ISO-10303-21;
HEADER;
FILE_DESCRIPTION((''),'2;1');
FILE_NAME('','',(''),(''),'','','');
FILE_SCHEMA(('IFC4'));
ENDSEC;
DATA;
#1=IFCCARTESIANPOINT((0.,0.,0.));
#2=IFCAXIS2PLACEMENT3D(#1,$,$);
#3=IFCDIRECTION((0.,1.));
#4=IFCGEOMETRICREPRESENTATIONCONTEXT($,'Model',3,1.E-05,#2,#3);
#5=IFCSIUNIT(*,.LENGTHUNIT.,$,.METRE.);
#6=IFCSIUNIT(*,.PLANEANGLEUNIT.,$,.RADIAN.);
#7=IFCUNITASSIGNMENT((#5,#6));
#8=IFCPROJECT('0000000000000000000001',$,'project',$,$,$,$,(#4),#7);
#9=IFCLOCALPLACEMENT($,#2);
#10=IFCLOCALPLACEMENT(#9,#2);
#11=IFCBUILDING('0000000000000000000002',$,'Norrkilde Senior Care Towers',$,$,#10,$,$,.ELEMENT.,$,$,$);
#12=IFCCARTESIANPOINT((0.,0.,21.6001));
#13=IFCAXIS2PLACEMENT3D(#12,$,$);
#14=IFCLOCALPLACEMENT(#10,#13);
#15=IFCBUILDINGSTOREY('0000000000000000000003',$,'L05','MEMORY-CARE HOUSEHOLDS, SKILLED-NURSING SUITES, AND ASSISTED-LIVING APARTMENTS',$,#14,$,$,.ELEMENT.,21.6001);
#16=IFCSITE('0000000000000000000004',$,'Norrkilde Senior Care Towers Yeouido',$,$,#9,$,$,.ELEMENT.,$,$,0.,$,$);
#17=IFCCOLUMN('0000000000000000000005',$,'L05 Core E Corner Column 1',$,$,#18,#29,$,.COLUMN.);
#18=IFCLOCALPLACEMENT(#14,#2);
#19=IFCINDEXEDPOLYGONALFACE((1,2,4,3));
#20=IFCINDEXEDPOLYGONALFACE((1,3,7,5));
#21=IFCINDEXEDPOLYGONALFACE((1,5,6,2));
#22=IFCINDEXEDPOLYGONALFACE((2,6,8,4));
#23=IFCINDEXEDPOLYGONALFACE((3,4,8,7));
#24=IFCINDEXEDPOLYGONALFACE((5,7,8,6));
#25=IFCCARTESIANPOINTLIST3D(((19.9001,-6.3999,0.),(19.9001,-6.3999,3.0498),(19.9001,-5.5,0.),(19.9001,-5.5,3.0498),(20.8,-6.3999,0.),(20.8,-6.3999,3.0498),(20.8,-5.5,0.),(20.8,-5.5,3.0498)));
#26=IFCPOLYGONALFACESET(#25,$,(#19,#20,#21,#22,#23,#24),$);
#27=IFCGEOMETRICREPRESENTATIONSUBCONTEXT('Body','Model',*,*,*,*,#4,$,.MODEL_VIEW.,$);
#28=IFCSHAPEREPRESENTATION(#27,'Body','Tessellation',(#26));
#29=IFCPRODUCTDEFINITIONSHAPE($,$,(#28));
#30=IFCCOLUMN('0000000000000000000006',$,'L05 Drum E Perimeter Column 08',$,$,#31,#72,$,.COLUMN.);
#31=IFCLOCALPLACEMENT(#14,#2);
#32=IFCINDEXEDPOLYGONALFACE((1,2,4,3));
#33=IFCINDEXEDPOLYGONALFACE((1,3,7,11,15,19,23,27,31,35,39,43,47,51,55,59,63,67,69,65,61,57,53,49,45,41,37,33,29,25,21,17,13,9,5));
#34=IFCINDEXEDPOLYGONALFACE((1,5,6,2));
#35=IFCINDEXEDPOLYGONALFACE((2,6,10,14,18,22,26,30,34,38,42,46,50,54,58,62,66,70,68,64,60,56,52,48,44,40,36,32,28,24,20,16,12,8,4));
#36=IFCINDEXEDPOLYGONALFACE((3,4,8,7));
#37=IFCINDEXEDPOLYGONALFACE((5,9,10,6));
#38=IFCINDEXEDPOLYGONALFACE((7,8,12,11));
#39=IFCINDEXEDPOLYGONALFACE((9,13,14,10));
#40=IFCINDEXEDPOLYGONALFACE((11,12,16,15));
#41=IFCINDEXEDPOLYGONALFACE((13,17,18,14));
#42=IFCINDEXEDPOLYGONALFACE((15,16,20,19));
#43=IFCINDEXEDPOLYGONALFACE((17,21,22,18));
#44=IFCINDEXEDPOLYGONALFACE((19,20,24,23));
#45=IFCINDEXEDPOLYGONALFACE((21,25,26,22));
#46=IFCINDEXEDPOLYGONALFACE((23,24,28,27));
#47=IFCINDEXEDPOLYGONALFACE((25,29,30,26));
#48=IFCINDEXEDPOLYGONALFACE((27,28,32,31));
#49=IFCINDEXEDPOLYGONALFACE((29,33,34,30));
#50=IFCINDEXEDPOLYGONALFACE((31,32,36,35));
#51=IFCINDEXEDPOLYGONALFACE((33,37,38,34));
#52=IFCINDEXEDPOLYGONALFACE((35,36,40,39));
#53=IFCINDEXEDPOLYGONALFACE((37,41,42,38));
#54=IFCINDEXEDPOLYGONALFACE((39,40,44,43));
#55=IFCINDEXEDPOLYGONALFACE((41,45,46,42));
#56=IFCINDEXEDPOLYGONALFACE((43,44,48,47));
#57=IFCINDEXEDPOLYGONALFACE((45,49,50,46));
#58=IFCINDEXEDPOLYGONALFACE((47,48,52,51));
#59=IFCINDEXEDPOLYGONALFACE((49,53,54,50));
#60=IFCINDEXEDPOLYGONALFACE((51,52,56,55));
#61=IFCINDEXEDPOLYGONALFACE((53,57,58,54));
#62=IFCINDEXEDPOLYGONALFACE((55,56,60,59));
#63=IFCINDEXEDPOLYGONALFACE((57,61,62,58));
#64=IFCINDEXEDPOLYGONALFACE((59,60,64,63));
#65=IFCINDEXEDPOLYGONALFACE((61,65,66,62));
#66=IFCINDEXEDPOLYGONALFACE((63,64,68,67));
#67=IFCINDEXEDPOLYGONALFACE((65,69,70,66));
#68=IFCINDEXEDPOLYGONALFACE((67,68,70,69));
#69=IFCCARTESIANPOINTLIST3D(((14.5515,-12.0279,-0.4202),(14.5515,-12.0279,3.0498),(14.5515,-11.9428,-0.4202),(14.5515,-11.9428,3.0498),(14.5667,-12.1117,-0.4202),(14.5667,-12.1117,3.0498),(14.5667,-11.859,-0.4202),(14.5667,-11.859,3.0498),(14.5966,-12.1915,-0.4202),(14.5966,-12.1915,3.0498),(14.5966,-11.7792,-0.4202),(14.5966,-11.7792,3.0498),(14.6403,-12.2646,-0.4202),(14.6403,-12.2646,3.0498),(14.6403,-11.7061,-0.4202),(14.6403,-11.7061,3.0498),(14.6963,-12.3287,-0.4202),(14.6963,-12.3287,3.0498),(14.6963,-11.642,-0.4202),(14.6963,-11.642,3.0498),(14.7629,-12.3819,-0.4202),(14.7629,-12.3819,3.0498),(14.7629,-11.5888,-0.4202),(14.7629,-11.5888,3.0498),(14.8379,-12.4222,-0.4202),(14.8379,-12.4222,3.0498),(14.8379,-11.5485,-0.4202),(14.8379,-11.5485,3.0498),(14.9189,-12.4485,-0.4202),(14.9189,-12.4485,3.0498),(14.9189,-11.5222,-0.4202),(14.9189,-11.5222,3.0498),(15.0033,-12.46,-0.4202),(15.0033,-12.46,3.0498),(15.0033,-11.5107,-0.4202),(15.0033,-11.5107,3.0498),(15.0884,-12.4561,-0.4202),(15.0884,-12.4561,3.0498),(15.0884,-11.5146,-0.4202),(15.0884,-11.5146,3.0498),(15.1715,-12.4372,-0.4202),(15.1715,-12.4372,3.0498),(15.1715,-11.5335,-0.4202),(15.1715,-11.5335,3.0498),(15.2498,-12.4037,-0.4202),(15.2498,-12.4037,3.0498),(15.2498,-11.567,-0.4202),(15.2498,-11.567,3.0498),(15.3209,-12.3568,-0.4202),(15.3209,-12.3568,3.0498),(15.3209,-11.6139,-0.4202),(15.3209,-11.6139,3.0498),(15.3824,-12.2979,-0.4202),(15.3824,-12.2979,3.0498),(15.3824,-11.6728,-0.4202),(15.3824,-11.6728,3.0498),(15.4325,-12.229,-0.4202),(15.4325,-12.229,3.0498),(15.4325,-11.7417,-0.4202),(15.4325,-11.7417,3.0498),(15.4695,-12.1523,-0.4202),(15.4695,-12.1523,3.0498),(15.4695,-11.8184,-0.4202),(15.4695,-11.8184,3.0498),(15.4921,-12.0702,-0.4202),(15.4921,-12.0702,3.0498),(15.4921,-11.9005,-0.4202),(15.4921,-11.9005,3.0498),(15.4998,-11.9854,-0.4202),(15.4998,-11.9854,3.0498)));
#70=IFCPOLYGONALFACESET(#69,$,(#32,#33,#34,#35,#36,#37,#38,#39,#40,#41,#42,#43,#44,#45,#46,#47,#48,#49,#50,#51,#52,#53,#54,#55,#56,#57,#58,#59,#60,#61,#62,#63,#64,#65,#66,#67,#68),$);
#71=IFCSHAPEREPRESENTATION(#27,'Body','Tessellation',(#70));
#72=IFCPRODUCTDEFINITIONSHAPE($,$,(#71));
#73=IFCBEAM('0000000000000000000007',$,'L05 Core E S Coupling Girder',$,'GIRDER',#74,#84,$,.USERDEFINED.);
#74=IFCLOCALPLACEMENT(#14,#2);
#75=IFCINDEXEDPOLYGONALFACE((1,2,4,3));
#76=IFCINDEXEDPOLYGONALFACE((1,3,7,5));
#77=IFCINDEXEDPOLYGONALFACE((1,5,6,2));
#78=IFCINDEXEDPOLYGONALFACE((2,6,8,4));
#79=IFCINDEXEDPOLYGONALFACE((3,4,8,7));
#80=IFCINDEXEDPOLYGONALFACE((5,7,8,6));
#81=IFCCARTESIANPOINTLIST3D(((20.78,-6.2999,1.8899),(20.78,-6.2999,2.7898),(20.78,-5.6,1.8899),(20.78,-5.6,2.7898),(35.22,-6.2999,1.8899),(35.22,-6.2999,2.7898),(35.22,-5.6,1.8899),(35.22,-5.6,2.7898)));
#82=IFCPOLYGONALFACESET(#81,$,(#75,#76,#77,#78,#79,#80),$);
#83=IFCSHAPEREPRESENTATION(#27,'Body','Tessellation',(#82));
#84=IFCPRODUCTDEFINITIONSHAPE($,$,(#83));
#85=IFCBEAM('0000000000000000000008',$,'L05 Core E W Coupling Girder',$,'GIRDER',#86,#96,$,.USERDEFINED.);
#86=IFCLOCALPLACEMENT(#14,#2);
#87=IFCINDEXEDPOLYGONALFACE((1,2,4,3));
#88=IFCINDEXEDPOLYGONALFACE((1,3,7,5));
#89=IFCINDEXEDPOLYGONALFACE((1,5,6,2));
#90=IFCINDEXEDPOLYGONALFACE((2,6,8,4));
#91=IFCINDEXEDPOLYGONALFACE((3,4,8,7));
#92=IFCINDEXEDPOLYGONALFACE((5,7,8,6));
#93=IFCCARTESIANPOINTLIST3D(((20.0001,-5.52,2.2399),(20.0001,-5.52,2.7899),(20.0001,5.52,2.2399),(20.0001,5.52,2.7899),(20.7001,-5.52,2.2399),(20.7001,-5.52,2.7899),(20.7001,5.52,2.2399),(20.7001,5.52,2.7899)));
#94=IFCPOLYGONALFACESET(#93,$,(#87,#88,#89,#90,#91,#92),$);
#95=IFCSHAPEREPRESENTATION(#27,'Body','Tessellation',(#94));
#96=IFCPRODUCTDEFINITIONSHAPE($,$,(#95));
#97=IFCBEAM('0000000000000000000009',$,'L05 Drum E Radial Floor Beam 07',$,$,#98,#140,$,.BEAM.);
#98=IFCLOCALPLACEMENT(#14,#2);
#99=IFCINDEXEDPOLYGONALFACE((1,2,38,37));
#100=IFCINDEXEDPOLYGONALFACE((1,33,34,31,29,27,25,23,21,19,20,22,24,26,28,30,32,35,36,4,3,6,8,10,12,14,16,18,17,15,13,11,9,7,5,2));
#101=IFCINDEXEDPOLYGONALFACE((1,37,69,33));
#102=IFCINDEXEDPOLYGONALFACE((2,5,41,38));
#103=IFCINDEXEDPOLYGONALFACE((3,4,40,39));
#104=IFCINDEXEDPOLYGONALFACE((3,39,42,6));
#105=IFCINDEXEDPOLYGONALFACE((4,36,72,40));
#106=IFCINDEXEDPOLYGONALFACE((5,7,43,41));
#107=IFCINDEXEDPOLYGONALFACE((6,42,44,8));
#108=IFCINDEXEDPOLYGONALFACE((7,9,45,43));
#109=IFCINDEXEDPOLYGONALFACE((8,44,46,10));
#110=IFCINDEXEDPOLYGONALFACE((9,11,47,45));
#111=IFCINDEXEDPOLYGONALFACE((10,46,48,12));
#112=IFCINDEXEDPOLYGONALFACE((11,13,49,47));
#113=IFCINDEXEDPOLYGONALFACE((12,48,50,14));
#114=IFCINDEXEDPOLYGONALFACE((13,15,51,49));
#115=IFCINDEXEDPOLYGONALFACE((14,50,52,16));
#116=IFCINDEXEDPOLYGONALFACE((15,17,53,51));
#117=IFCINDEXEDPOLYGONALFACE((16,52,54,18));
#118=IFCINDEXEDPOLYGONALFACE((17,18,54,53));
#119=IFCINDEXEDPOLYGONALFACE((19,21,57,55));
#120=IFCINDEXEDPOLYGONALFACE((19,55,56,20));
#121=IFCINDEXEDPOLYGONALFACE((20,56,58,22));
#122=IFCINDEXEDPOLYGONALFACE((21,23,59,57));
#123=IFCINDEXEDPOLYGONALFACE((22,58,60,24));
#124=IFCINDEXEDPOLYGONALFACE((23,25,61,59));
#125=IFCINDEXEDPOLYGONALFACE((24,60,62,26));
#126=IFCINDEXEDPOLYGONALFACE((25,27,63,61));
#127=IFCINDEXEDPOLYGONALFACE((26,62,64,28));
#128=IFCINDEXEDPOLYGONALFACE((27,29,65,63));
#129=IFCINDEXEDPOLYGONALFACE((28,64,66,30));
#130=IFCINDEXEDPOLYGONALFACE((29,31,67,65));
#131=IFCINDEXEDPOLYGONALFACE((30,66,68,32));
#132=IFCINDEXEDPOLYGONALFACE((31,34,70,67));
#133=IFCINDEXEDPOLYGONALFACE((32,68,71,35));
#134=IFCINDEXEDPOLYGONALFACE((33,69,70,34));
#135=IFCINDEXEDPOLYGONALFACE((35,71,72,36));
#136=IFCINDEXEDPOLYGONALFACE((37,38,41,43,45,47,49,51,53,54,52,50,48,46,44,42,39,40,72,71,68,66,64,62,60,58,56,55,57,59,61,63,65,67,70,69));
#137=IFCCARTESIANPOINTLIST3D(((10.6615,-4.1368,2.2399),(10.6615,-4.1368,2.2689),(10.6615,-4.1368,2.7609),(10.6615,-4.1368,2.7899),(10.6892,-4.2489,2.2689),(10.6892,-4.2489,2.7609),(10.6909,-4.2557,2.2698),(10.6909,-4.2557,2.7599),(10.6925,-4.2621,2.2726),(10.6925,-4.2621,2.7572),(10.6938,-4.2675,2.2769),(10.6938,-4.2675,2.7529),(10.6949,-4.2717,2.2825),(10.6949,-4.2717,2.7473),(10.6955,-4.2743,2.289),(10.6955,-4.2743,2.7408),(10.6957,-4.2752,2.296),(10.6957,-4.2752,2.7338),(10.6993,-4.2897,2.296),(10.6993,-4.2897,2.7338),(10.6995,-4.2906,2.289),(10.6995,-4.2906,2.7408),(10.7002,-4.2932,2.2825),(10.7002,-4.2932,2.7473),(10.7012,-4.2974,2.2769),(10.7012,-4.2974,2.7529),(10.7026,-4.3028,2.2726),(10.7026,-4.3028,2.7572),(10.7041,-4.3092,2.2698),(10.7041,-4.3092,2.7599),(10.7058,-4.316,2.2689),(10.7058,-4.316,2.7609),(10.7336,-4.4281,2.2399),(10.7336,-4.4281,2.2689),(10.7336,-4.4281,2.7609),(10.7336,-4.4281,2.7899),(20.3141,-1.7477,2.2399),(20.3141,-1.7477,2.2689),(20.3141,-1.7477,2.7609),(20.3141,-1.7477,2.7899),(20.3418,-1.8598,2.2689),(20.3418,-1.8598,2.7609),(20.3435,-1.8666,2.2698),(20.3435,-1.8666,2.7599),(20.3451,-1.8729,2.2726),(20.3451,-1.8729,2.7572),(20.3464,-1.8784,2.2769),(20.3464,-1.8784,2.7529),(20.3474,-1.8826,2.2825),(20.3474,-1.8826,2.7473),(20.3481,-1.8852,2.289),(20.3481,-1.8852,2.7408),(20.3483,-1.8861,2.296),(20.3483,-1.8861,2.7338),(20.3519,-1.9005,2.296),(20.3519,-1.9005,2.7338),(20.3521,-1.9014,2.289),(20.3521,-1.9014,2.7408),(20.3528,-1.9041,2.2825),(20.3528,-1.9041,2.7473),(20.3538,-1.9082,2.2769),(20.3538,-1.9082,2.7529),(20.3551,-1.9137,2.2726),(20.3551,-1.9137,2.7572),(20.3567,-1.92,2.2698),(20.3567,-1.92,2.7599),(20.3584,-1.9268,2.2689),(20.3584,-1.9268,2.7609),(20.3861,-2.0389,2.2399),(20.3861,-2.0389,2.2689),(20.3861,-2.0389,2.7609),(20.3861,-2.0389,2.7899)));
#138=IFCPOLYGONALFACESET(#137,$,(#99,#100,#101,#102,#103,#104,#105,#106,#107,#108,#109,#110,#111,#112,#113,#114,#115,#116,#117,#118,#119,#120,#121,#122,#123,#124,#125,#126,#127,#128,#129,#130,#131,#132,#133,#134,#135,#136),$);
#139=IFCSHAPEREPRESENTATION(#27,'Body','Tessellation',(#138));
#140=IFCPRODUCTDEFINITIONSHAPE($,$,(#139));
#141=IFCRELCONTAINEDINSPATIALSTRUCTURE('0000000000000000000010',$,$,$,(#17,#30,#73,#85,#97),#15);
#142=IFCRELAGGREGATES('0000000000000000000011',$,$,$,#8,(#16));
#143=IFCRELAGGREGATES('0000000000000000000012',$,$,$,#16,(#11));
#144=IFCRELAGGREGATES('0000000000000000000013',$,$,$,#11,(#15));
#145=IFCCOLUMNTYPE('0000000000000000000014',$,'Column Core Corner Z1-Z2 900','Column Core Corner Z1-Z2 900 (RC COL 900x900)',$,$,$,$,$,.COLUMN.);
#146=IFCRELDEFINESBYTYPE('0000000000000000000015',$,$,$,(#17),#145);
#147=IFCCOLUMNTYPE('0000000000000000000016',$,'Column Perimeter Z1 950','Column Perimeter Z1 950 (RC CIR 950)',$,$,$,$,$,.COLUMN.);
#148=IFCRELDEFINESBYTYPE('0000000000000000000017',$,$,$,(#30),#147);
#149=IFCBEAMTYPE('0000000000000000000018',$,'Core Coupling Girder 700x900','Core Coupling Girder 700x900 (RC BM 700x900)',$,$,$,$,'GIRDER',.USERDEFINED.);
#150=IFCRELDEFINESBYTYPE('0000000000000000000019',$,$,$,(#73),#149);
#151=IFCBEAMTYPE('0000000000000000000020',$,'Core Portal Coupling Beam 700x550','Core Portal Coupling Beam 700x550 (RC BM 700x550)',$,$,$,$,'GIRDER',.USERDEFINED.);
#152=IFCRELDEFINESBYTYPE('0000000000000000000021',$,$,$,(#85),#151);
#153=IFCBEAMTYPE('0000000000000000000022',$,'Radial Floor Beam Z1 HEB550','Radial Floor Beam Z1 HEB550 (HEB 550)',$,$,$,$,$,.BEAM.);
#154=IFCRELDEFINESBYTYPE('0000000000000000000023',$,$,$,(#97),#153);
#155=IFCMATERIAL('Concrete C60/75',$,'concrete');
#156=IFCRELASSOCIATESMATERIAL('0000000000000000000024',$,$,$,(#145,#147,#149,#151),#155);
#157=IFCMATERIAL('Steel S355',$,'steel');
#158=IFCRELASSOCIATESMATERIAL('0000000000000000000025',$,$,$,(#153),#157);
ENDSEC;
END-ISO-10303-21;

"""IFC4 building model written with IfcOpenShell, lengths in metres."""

from ifc_helpers import new_model, si_unit, direction, frame, origin, origin_2d, place, context, subcontext, project, spatial, rectangle, circle, i_section, extrude, source, transform, mapped, material, material_profile, profile_set, type_object, type_shapes, element, save


model = new_model("IFC4")

# Units and contexts
model_context = context("Model", 3, precision=1e-05, world=origin(), true_north=direction((0.0, 1.0)))
body_context = subcontext(model_context, "Body", "Model", "MODEL_VIEW")
ifc_project = project(units=[si_unit("LENGTHUNIT", "METRE"), si_unit("PLANEANGLEUNIT", "RADIAN")], contexts=[model_context])

# Site, building, storey
site_placement = place(None, origin())
site = spatial("IfcSite", under=ifc_project, at=site_placement, Name="Norrkilde Senior Care Towers Yeouido", CompositionType="ELEMENT", RefElevation=0.0)
building_placement = place(site_placement, origin())
building = spatial("IfcBuilding", under=site, at=building_placement, Name="Norrkilde Senior Care Towers", CompositionType="ELEMENT")
storey_placement = place(building_placement, frame((0.0, 0.0, 21.6001)))
storey = spatial("IfcBuildingStorey", under=building, at=storey_placement, Name="L05", Description="MEMORY-CARE HOUSEHOLDS, SKILLED-NURSING SUITES, AND ASSISTED-LIVING APARTMENTS", CompositionType="ELEMENT", Elevation=21.6001)

# Columns
ifc_material_1 = material(Name="Concrete C60/75", Category="concrete")
ifc_material_profile_1 = material_profile(ifc_material_1, rectangle(XDim=0.8999, YDim=0.8999, at=origin_2d()), Name="RC COL 900x900")
ifc_profile_set_1 = profile_set([ifc_material_profile_1], Name="Concrete C60/75")
column_type_1 = type_object("IfcColumnType", Name="Column Core Corner Z1-Z2 900", Description="Column Core Corner Z1-Z2 900 (RC COL 900x900)", PredefinedType="COLUMN", material=ifc_profile_set_1)
shared_shape_1 = source(origin(), body_context, "Body", "SweptSolid", [
    extrude(rectangle(XDim=0.8999, YDim=0.8999, at=origin_2d()), origin(), (0.0, 0.0, 1.0), 3.0498),
])
type_shapes(column_type_1, [shared_shape_1])
column_1_placement = place(storey_placement, frame((20.3501, -5.95, 0.0), z_axis=(0.0, 0.0, 1.0), x_axis=(1.0, 0.0, 0.0)))
element("IfcColumn", 1, at=column_1_placement, inside=storey, type_object=column_type_1, Name="L05 Core E Corner Column 1", PredefinedType="COLUMN", context=body_context, shape_type="MappedRepresentation", body=[
    mapped(shared_shape_1, transform((0.0, 0.0, 0.0), x_axis=(1.0, 0.0, 0.0), y_axis=(0.0, 1.0, 0.0), z_axis=(0.0, 0.0, 1.0), scale=1.0)),
])
ifc_material_profile_2 = material_profile(ifc_material_1, circle(Radius=0.4751, at=origin_2d()), Name="RC CIR 950")
ifc_profile_set_2 = profile_set([ifc_material_profile_2], Name="Concrete C60/75")
column_type_2 = type_object("IfcColumnType", Name="Column Perimeter Z1 950", Description="Column Perimeter Z1 950 (RC CIR 950)", PredefinedType="COLUMN", material=ifc_profile_set_2)
shared_shape_2 = source(origin(), body_context, "Body", "SweptSolid", [
    extrude(circle(Radius=0.4751, at=origin_2d()), origin(), (0.0, 0.0, 1.0), 3.47),
])
type_shapes(column_type_2, [shared_shape_2])
column_2_placement = place(storey_placement, frame((15.0247, -11.9854, -0.4202), z_axis=(0.0, 0.0, 1.0), x_axis=(1.0, 0.0, 0.0)))
element("IfcColumn", 2, at=column_2_placement, inside=storey, type_object=column_type_2, Name="L05 Drum E Perimeter Column 08", PredefinedType="COLUMN", context=body_context, shape_type="MappedRepresentation", body=[
    mapped(shared_shape_2, transform((0.0, 0.0, 0.0), x_axis=(1.0, 0.0, 0.0), y_axis=(0.0, 1.0, 0.0), z_axis=(0.0, 0.0, 1.0), scale=1.0)),
])

# Beams
ifc_material_profile_3 = material_profile(ifc_material_1, rectangle(XDim=0.7, YDim=0.8999, at=origin_2d()), Name="RC BM 700x900")
ifc_profile_set_3 = profile_set([ifc_material_profile_3], Name="Concrete C60/75")
beam_type_1 = type_object("IfcBeamType", Name="Core Coupling Girder 700x900", Description="Core Coupling Girder 700x900 (RC BM 700x900)", ElementType="GIRDER", PredefinedType="USERDEFINED", material=ifc_profile_set_3)
shared_shape_3 = source(origin(), body_context, "Body", "SweptSolid", [
    extrude(rectangle(XDim=0.7, YDim=0.8999, at=origin_2d()), origin(), (0.0, 0.0, 1.0), 14.4399),
])
type_shapes(beam_type_1, [shared_shape_3])
beam_1_placement = place(storey_placement, frame((20.78, -5.95, 2.3398), z_axis=(1.0, 0.0, 0.0), x_axis=(0.0, 1.0, 0.0)))
element("IfcBeam", 3, at=beam_1_placement, inside=storey, type_object=beam_type_1, Name="L05 Core E S Coupling Girder", ObjectType="GIRDER", PredefinedType="USERDEFINED", context=body_context, shape_type="MappedRepresentation", body=[
    mapped(shared_shape_3, transform((0.0, 0.0, 0.0), x_axis=(1.0, 0.0, 0.0), y_axis=(0.0, 1.0, 0.0), z_axis=(0.0, 0.0, 1.0), scale=1.0)),
])
ifc_material_profile_4 = material_profile(ifc_material_1, rectangle(XDim=0.7, YDim=0.55, at=origin_2d()), Name="RC BM 700x550")
ifc_profile_set_4 = profile_set([ifc_material_profile_4], Name="Concrete C60/75")
beam_type_2 = type_object("IfcBeamType", Name="Core Portal Coupling Beam 700x550", Description="Core Portal Coupling Beam 700x550 (RC BM 700x550)", ElementType="GIRDER", PredefinedType="USERDEFINED", material=ifc_profile_set_4)
shared_shape_4 = source(origin(), body_context, "Body", "SweptSolid", [
    extrude(rectangle(XDim=0.7, YDim=0.55, at=origin_2d()), origin(), (0.0, 0.0, 1.0), 11.04),
])
type_shapes(beam_type_2, [shared_shape_4])
beam_2_placement = place(storey_placement, frame((20.3501, -5.52, 2.5149), z_axis=(0.0, 1.0, 0.0), x_axis=(-1.0, 0.0, 0.0)))
element("IfcBeam", 4, at=beam_2_placement, inside=storey, type_object=beam_type_2, Name="L05 Core E W Coupling Girder", ObjectType="GIRDER", PredefinedType="USERDEFINED", context=body_context, shape_type="MappedRepresentation", body=[
    mapped(shared_shape_4, transform((0.0, 0.0, 0.0), x_axis=(1.0, 0.0, 0.0), y_axis=(0.0, 1.0, 0.0), z_axis=(0.0, 0.0, 1.0), scale=1.0)),
])
ifc_material_2 = material(Name="Steel S355", Category="steel")
ifc_material_profile_5 = material_profile(ifc_material_2, i_section(OverallWidth=0.3, OverallDepth=0.55, WebThickness=0.0149, FlangeThickness=0.0291, FilletRadius=0.0271, at=origin_2d()), Name="HEB 550")
ifc_profile_set_5 = profile_set([ifc_material_profile_5], Name="Steel S355")
beam_type_3 = type_object("IfcBeamType", Name="Radial Floor Beam Z1 HEB550", Description="Radial Floor Beam Z1 HEB550 (HEB 550)", PredefinedType="BEAM", material=ifc_profile_set_5)
shared_shape_5 = source(origin(), body_context, "Body", "SweptSolid", [
    extrude(i_section(OverallWidth=0.3, OverallDepth=0.55, WebThickness=0.0149, FlangeThickness=0.0291, FilletRadius=0.0271, at=origin_2d()), origin(), (0.0, 0.0, 1.0), 9.9438),
])
beam_3_placement = place(storey_placement, frame((20.3501, -1.8933, 2.5149), z_axis=(-0.970707, -0.240265, 0.0), x_axis=(0.240265, -0.970707, 0.0)))
element("IfcBeam", 5, at=beam_3_placement, inside=storey, type_object=beam_type_3, Name="L05 Drum E Radial Floor Beam 07", PredefinedType="BEAM", context=body_context, shape_type="MappedRepresentation", body=[
    mapped(shared_shape_5, transform((0.0, 0.0, 0.0), x_axis=(1.0, 0.0, 0.0), y_axis=(0.0, 1.0, 0.0), z_axis=(0.0, 0.0, 1.0), scale=1.0)),
])

save(model, "model.ifc")
